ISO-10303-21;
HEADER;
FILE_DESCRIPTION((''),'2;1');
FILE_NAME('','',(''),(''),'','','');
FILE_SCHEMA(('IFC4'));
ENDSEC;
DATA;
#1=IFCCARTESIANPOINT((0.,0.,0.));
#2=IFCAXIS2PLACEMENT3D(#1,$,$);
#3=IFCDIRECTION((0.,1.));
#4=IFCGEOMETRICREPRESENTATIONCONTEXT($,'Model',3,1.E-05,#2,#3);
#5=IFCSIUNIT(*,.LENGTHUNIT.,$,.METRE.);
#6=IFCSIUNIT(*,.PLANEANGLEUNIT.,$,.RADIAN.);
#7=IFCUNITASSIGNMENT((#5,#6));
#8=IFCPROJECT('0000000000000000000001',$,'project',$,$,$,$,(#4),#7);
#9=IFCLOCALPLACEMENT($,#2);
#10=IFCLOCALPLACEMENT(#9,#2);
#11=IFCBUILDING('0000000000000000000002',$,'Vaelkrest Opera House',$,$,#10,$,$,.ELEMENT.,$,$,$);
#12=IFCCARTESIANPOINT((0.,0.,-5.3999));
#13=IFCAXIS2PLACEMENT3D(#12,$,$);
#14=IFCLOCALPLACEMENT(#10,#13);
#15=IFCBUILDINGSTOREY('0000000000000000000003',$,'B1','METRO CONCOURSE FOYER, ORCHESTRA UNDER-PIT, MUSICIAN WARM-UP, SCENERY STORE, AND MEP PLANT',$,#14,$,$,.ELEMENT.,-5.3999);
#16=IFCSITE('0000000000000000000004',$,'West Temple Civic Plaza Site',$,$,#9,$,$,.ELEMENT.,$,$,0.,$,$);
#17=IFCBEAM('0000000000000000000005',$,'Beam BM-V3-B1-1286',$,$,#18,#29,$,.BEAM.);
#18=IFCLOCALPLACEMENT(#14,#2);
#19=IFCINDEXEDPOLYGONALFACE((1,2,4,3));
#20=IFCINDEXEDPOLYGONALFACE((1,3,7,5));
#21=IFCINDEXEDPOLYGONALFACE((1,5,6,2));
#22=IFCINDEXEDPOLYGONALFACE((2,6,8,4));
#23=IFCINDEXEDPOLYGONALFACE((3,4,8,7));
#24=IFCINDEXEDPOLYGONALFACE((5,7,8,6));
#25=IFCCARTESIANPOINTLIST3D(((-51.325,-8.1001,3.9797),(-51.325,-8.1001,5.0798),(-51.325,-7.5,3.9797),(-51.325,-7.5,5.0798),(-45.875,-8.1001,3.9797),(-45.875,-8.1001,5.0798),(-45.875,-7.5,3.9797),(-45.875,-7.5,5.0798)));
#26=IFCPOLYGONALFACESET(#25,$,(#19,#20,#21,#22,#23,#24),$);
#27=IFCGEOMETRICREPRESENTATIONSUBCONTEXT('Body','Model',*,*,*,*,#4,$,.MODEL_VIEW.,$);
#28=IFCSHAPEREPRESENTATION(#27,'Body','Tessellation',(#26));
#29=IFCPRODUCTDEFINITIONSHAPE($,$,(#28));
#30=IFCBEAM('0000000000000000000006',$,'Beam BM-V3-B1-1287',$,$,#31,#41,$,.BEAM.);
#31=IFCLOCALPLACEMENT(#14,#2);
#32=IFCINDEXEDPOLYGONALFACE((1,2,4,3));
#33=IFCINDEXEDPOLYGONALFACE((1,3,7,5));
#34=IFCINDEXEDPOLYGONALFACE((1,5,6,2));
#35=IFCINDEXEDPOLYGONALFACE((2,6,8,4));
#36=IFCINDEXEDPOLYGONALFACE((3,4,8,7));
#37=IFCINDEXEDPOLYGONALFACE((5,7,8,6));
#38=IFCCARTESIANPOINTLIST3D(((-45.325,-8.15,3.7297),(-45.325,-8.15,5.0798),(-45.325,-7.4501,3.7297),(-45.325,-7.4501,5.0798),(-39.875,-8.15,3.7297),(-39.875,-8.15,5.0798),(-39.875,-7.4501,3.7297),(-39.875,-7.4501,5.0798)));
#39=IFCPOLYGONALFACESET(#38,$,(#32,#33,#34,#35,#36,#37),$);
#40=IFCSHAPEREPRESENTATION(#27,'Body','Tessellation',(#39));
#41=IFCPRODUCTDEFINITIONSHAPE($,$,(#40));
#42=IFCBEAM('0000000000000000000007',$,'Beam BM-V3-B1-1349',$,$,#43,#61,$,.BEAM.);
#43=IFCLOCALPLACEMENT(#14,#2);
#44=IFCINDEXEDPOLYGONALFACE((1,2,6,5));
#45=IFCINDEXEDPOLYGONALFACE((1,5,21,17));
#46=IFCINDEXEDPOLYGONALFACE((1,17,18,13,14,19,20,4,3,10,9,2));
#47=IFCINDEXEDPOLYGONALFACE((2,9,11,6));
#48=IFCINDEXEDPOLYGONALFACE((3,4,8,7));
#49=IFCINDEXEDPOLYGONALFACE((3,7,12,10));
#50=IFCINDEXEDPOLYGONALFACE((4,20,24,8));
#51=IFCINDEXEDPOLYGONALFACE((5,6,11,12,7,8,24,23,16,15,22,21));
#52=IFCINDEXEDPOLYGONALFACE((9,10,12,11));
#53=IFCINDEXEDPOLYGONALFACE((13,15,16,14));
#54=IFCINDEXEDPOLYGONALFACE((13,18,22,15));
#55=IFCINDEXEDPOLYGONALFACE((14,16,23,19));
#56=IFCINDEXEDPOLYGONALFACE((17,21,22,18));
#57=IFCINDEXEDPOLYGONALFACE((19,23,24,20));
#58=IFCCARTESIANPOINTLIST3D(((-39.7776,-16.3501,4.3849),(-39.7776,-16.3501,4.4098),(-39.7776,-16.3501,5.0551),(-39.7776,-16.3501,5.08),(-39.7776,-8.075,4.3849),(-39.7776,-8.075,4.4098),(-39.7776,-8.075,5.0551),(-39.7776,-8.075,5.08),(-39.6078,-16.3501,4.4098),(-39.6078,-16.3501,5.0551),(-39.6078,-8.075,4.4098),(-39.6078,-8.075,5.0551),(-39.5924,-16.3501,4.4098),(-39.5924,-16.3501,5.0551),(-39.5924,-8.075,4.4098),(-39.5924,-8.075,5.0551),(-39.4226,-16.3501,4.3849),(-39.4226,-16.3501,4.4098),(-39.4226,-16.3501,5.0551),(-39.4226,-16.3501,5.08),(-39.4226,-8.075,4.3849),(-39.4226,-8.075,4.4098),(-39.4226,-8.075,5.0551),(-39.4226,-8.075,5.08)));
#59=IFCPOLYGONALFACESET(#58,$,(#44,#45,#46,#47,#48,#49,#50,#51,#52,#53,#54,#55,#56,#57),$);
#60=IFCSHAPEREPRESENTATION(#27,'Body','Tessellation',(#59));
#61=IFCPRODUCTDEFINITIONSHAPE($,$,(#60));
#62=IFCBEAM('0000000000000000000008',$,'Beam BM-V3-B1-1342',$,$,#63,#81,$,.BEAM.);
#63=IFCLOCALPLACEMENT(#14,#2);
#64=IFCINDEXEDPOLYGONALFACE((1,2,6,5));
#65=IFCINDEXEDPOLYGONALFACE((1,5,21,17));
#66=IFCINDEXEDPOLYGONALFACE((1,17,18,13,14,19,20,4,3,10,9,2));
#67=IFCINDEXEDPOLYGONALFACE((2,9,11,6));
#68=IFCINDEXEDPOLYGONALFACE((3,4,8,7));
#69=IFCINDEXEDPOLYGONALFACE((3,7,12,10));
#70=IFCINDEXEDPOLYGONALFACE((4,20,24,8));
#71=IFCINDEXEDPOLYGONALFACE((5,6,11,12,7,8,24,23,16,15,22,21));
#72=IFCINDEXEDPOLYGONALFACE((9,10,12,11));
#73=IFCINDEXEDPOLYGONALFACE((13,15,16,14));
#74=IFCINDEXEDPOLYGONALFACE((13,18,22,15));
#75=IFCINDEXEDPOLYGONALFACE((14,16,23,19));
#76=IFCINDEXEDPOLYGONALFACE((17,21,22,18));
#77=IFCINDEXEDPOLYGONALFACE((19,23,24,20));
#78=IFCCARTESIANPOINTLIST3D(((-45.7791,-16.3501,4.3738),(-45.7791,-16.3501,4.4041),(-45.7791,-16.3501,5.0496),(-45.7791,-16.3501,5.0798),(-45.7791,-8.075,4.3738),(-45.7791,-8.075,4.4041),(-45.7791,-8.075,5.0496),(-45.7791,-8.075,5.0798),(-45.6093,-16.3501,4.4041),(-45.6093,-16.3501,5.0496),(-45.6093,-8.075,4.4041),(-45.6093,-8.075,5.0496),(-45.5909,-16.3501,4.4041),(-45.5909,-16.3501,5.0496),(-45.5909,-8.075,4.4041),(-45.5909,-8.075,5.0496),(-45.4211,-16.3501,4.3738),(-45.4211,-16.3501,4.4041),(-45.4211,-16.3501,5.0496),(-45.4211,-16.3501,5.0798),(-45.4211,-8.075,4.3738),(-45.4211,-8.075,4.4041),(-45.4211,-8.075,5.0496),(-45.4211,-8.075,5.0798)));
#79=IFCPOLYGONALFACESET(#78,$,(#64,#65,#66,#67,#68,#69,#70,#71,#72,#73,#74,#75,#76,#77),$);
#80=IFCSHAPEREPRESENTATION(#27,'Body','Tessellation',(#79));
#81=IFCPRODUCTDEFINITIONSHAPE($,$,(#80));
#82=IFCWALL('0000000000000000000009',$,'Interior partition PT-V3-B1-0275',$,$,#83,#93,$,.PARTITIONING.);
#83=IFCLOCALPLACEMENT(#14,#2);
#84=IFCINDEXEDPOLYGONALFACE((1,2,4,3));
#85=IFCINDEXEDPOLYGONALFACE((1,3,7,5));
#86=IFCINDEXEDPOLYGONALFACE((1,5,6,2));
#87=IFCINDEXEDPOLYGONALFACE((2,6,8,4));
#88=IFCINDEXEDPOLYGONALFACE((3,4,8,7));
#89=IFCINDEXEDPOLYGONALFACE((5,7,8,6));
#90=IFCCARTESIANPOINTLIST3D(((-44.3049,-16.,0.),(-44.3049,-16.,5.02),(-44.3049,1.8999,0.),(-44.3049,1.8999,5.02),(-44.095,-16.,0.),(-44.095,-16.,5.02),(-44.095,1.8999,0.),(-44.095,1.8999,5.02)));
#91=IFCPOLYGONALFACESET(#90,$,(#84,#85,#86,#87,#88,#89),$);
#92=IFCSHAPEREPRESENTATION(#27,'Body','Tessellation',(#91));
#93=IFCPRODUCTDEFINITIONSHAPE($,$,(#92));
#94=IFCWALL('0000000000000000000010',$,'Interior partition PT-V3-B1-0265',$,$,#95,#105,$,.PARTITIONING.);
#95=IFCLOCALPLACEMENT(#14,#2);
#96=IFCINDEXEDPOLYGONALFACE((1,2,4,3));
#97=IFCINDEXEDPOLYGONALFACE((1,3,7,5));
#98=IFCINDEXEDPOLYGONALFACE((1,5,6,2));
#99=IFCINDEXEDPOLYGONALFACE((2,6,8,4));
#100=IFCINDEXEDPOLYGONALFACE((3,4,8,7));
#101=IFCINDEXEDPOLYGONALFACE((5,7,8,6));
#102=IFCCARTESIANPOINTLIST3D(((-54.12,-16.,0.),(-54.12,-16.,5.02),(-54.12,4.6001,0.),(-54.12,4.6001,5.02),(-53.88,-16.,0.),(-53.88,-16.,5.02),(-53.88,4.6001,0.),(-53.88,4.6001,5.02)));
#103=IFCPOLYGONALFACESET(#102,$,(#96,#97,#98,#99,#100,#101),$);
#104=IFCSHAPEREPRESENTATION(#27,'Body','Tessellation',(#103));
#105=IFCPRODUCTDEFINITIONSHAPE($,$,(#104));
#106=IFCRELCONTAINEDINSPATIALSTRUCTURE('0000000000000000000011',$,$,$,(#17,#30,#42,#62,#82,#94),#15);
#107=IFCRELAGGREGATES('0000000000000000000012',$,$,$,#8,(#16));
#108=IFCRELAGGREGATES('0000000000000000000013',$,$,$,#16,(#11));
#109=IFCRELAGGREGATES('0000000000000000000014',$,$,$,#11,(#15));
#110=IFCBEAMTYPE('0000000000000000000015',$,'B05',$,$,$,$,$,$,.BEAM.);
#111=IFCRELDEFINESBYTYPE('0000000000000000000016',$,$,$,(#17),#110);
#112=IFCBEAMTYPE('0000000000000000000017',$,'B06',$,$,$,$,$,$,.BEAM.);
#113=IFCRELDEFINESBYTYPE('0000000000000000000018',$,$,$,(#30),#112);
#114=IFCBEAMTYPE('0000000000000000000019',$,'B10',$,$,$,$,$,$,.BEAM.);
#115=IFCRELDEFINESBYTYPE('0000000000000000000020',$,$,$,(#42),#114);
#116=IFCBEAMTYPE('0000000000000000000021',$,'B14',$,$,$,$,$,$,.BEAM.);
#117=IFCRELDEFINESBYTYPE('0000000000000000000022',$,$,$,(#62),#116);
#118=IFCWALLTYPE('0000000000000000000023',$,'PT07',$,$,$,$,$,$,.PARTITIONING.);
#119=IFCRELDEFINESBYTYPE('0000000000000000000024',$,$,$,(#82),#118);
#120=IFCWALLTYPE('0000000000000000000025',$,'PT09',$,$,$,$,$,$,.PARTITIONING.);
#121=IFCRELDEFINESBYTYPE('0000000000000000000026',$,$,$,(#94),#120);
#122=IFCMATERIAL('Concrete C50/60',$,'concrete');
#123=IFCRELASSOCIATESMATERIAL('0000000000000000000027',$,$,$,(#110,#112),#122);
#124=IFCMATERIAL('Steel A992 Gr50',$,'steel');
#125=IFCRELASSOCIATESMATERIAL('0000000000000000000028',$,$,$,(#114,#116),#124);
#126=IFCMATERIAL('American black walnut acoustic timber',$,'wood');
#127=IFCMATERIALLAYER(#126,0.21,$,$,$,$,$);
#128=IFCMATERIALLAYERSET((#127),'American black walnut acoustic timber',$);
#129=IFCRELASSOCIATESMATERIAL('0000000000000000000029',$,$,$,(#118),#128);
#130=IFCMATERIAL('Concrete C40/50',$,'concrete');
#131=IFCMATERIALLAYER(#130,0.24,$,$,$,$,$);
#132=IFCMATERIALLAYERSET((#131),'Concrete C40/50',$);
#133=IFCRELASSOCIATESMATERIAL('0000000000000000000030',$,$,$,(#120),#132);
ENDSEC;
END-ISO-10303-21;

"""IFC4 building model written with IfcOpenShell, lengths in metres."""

from ifc_helpers import new_model, si_unit, direction, frame, frame_2d, origin, origin_2d, place, context, subcontext, project, spatial, rectangle, i_section, extrude, material, layer, layer_set, material_profile, profile_set, type_object, element, save


model = new_model("IFC4")

# Units and contexts
model_context = context("Model", 3, precision=1e-05, world=origin(), true_north=direction((0.0, 1.0)))
body_context = subcontext(model_context, "Body", "Model", "MODEL_VIEW")
ifc_project = project(units=[si_unit("LENGTHUNIT", "METRE"), si_unit("PLANEANGLEUNIT", "RADIAN")], contexts=[model_context])

# Site, building, storey
site_placement = place(None, origin())
site = spatial("IfcSite", under=ifc_project, at=site_placement, Name="West Temple Civic Plaza Site", CompositionType="ELEMENT", RefElevation=0.0)
building_placement = place(site_placement, origin())
building = spatial("IfcBuilding", under=site, at=building_placement, Name="Vaelkrest Opera House", CompositionType="ELEMENT")
storey_placement = place(building_placement, frame((0.0, 0.0, -5.3999)))
storey = spatial("IfcBuildingStorey", under=building, at=storey_placement, Name="B1", Description="METRO CONCOURSE FOYER, ORCHESTRA UNDER-PIT, MUSICIAN WARM-UP, SCENERY STORE, AND MEP PLANT", CompositionType="ELEMENT", Elevation=-5.3999)

# Shared definitions
ifc_material_1 = material(Name="Concrete C40/50", Category="concrete")

# Shared definitions
ifc_material_2 = material(Name="Concrete C50/60", Category="concrete")

# Beams
ifc_material_profile_1 = material_profile(ifc_material_2, rectangle(XDim=0.6001, YDim=1.1001, at=origin_2d()), Name="RCB600X1100")
ifc_profile_set_1 = profile_set([ifc_material_profile_1], Name="Concrete C50/60")
beam_type_1 = type_object("IfcBeamType", Name="B05", PredefinedType="BEAM", material=ifc_profile_set_1)
beam_1_placement = place(storey_placement, frame((-51.325, -7.8, 4.5298), z_axis=(1.0, 0.0, 0.0), x_axis=(0.0, 1.0, 0.0)))
element("IfcBeam", 1, at=beam_1_placement, inside=storey, type_object=beam_type_1, Name="Beam BM-V3-B1-1286", PredefinedType="BEAM", context=body_context, shape_type="SweptSolid", body=[
    extrude(rectangle(XDim=0.6001, YDim=1.1001, at=origin_2d()), origin(), (0.0, 0.0, 1.0), 5.45),
])
ifc_material_profile_2 = material_profile(ifc_material_2, rectangle(XDim=0.7, YDim=1.3501, at=origin_2d()), Name="RCB700X1350")
ifc_profile_set_2 = profile_set([ifc_material_profile_2], Name="Concrete C50/60")
beam_type_2 = type_object("IfcBeamType", Name="B06", PredefinedType="BEAM", material=ifc_profile_set_2)
beam_2_placement = place(storey_placement, frame((-45.325, -7.8, 4.4048), z_axis=(1.0, 0.0, 0.0), x_axis=(0.0, 1.0, 0.0)))
element("IfcBeam", 2, at=beam_2_placement, inside=storey, type_object=beam_type_2, Name="Beam BM-V3-B1-1287", PredefinedType="BEAM", context=body_context, shape_type="SweptSolid", body=[
    extrude(rectangle(XDim=0.7, YDim=1.3501, at=origin_2d()), origin(), (0.0, 0.0, 1.0), 5.45),
])
ifc_material_3 = material(Name="Steel A992 Gr50", Category="steel")
ifc_material_profile_3 = material_profile(ifc_material_3, i_section(OverallWidth=0.355, OverallDepth=0.6951, WebThickness=0.0154, FlangeThickness=0.0249, at=origin_2d()), Name="W27X146")
ifc_profile_set_3 = profile_set([ifc_material_profile_3], Name="Steel A992 Gr50")
beam_type_3 = type_object("IfcBeamType", Name="B10", PredefinedType="BEAM", material=ifc_profile_set_3)
beam_3_placement = place(storey_placement, frame((-39.6001, -16.3501, 4.7324), z_axis=(0.0, 1.0, 0.0), x_axis=(-1.0, 0.0, 0.0)))
element("IfcBeam", 3, at=beam_3_placement, inside=storey, type_object=beam_type_3, Name="Beam BM-V3-B1-1349", PredefinedType="BEAM", context=body_context, shape_type="SweptSolid", body=[
    extrude(i_section(OverallWidth=0.355, OverallDepth=0.6951, WebThickness=0.0154, FlangeThickness=0.0249, at=origin_2d()), origin(), (0.0, 0.0, 1.0), 8.2751),
])
ifc_material_profile_4 = material_profile(ifc_material_3, i_section(OverallWidth=0.3579, OverallDepth=0.7061, WebThickness=0.0183, FlangeThickness=0.0303, at=origin_2d()), Name="W27X178")
ifc_profile_set_4 = profile_set([ifc_material_profile_4], Name="Steel A992 Gr50")
beam_type_4 = type_object("IfcBeamType", Name="B14", PredefinedType="BEAM", material=ifc_profile_set_4)
beam_4_placement = place(storey_placement, frame((-45.6001, -16.3501, 4.7268), z_axis=(0.0, 1.0, 0.0), x_axis=(-1.0, 0.0, 0.0)))
element("IfcBeam", 4, at=beam_4_placement, inside=storey, type_object=beam_type_4, Name="Beam BM-V3-B1-1342", PredefinedType="BEAM", context=body_context, shape_type="SweptSolid", body=[
    extrude(i_section(OverallWidth=0.3579, OverallDepth=0.7061, WebThickness=0.0183, FlangeThickness=0.0303, at=origin_2d()), origin(), (0.0, 0.0, 1.0), 8.2751),
])

# Walls
ifc_material_4 = material(Name="American black walnut acoustic timber", Category="wood")
ifc_layer_1 = layer(ifc_material_4, 0.21)
ifc_layer_set_1 = layer_set([ifc_layer_1], Name="American black walnut acoustic timber")
wall_type_1 = type_object("IfcWallType", Name="PT07", PredefinedType="PARTITIONING", material=ifc_layer_set_1)
wall_1_placement = place(storey_placement, frame((-44.2, -16.0, 0.0), z_axis=(0.0, 0.0, 1.0), x_axis=(0.0, 1.0, 0.0)))
element("IfcWall", 5, at=wall_1_placement, inside=storey, type_object=wall_type_1, Name="Interior partition PT-V3-B1-0275", PredefinedType="PARTITIONING", context=body_context, shape_type="SweptSolid", body=[
    extrude(rectangle(XDim=17.8999, YDim=0.21, at=frame_2d((8.95, 0.0))), origin(), (0.0, 0.0, 1.0), 5.02),
])
ifc_layer_2 = layer(ifc_material_1, 0.24)
ifc_layer_set_2 = layer_set([ifc_layer_2], Name="Concrete C40/50")
wall_type_2 = type_object("IfcWallType", Name="PT09", PredefinedType="PARTITIONING", material=ifc_layer_set_2)
wall_2_placement = place(storey_placement, frame((-54.0, -16.0, 0.0), z_axis=(0.0, 0.0, 1.0), x_axis=(0.0, 1.0, 0.0)))
element("IfcWall", 6, at=wall_2_placement, inside=storey, type_object=wall_type_2, Name="Interior partition PT-V3-B1-0265", PredefinedType="PARTITIONING", context=body_context, shape_type="SweptSolid", body=[
    extrude(rectangle(XDim=20.6001, YDim=0.24, at=frame_2d((10.3, 0.0))), origin(), (0.0, 0.0, 1.0), 5.02),
])

save(model, "model.ifc")
